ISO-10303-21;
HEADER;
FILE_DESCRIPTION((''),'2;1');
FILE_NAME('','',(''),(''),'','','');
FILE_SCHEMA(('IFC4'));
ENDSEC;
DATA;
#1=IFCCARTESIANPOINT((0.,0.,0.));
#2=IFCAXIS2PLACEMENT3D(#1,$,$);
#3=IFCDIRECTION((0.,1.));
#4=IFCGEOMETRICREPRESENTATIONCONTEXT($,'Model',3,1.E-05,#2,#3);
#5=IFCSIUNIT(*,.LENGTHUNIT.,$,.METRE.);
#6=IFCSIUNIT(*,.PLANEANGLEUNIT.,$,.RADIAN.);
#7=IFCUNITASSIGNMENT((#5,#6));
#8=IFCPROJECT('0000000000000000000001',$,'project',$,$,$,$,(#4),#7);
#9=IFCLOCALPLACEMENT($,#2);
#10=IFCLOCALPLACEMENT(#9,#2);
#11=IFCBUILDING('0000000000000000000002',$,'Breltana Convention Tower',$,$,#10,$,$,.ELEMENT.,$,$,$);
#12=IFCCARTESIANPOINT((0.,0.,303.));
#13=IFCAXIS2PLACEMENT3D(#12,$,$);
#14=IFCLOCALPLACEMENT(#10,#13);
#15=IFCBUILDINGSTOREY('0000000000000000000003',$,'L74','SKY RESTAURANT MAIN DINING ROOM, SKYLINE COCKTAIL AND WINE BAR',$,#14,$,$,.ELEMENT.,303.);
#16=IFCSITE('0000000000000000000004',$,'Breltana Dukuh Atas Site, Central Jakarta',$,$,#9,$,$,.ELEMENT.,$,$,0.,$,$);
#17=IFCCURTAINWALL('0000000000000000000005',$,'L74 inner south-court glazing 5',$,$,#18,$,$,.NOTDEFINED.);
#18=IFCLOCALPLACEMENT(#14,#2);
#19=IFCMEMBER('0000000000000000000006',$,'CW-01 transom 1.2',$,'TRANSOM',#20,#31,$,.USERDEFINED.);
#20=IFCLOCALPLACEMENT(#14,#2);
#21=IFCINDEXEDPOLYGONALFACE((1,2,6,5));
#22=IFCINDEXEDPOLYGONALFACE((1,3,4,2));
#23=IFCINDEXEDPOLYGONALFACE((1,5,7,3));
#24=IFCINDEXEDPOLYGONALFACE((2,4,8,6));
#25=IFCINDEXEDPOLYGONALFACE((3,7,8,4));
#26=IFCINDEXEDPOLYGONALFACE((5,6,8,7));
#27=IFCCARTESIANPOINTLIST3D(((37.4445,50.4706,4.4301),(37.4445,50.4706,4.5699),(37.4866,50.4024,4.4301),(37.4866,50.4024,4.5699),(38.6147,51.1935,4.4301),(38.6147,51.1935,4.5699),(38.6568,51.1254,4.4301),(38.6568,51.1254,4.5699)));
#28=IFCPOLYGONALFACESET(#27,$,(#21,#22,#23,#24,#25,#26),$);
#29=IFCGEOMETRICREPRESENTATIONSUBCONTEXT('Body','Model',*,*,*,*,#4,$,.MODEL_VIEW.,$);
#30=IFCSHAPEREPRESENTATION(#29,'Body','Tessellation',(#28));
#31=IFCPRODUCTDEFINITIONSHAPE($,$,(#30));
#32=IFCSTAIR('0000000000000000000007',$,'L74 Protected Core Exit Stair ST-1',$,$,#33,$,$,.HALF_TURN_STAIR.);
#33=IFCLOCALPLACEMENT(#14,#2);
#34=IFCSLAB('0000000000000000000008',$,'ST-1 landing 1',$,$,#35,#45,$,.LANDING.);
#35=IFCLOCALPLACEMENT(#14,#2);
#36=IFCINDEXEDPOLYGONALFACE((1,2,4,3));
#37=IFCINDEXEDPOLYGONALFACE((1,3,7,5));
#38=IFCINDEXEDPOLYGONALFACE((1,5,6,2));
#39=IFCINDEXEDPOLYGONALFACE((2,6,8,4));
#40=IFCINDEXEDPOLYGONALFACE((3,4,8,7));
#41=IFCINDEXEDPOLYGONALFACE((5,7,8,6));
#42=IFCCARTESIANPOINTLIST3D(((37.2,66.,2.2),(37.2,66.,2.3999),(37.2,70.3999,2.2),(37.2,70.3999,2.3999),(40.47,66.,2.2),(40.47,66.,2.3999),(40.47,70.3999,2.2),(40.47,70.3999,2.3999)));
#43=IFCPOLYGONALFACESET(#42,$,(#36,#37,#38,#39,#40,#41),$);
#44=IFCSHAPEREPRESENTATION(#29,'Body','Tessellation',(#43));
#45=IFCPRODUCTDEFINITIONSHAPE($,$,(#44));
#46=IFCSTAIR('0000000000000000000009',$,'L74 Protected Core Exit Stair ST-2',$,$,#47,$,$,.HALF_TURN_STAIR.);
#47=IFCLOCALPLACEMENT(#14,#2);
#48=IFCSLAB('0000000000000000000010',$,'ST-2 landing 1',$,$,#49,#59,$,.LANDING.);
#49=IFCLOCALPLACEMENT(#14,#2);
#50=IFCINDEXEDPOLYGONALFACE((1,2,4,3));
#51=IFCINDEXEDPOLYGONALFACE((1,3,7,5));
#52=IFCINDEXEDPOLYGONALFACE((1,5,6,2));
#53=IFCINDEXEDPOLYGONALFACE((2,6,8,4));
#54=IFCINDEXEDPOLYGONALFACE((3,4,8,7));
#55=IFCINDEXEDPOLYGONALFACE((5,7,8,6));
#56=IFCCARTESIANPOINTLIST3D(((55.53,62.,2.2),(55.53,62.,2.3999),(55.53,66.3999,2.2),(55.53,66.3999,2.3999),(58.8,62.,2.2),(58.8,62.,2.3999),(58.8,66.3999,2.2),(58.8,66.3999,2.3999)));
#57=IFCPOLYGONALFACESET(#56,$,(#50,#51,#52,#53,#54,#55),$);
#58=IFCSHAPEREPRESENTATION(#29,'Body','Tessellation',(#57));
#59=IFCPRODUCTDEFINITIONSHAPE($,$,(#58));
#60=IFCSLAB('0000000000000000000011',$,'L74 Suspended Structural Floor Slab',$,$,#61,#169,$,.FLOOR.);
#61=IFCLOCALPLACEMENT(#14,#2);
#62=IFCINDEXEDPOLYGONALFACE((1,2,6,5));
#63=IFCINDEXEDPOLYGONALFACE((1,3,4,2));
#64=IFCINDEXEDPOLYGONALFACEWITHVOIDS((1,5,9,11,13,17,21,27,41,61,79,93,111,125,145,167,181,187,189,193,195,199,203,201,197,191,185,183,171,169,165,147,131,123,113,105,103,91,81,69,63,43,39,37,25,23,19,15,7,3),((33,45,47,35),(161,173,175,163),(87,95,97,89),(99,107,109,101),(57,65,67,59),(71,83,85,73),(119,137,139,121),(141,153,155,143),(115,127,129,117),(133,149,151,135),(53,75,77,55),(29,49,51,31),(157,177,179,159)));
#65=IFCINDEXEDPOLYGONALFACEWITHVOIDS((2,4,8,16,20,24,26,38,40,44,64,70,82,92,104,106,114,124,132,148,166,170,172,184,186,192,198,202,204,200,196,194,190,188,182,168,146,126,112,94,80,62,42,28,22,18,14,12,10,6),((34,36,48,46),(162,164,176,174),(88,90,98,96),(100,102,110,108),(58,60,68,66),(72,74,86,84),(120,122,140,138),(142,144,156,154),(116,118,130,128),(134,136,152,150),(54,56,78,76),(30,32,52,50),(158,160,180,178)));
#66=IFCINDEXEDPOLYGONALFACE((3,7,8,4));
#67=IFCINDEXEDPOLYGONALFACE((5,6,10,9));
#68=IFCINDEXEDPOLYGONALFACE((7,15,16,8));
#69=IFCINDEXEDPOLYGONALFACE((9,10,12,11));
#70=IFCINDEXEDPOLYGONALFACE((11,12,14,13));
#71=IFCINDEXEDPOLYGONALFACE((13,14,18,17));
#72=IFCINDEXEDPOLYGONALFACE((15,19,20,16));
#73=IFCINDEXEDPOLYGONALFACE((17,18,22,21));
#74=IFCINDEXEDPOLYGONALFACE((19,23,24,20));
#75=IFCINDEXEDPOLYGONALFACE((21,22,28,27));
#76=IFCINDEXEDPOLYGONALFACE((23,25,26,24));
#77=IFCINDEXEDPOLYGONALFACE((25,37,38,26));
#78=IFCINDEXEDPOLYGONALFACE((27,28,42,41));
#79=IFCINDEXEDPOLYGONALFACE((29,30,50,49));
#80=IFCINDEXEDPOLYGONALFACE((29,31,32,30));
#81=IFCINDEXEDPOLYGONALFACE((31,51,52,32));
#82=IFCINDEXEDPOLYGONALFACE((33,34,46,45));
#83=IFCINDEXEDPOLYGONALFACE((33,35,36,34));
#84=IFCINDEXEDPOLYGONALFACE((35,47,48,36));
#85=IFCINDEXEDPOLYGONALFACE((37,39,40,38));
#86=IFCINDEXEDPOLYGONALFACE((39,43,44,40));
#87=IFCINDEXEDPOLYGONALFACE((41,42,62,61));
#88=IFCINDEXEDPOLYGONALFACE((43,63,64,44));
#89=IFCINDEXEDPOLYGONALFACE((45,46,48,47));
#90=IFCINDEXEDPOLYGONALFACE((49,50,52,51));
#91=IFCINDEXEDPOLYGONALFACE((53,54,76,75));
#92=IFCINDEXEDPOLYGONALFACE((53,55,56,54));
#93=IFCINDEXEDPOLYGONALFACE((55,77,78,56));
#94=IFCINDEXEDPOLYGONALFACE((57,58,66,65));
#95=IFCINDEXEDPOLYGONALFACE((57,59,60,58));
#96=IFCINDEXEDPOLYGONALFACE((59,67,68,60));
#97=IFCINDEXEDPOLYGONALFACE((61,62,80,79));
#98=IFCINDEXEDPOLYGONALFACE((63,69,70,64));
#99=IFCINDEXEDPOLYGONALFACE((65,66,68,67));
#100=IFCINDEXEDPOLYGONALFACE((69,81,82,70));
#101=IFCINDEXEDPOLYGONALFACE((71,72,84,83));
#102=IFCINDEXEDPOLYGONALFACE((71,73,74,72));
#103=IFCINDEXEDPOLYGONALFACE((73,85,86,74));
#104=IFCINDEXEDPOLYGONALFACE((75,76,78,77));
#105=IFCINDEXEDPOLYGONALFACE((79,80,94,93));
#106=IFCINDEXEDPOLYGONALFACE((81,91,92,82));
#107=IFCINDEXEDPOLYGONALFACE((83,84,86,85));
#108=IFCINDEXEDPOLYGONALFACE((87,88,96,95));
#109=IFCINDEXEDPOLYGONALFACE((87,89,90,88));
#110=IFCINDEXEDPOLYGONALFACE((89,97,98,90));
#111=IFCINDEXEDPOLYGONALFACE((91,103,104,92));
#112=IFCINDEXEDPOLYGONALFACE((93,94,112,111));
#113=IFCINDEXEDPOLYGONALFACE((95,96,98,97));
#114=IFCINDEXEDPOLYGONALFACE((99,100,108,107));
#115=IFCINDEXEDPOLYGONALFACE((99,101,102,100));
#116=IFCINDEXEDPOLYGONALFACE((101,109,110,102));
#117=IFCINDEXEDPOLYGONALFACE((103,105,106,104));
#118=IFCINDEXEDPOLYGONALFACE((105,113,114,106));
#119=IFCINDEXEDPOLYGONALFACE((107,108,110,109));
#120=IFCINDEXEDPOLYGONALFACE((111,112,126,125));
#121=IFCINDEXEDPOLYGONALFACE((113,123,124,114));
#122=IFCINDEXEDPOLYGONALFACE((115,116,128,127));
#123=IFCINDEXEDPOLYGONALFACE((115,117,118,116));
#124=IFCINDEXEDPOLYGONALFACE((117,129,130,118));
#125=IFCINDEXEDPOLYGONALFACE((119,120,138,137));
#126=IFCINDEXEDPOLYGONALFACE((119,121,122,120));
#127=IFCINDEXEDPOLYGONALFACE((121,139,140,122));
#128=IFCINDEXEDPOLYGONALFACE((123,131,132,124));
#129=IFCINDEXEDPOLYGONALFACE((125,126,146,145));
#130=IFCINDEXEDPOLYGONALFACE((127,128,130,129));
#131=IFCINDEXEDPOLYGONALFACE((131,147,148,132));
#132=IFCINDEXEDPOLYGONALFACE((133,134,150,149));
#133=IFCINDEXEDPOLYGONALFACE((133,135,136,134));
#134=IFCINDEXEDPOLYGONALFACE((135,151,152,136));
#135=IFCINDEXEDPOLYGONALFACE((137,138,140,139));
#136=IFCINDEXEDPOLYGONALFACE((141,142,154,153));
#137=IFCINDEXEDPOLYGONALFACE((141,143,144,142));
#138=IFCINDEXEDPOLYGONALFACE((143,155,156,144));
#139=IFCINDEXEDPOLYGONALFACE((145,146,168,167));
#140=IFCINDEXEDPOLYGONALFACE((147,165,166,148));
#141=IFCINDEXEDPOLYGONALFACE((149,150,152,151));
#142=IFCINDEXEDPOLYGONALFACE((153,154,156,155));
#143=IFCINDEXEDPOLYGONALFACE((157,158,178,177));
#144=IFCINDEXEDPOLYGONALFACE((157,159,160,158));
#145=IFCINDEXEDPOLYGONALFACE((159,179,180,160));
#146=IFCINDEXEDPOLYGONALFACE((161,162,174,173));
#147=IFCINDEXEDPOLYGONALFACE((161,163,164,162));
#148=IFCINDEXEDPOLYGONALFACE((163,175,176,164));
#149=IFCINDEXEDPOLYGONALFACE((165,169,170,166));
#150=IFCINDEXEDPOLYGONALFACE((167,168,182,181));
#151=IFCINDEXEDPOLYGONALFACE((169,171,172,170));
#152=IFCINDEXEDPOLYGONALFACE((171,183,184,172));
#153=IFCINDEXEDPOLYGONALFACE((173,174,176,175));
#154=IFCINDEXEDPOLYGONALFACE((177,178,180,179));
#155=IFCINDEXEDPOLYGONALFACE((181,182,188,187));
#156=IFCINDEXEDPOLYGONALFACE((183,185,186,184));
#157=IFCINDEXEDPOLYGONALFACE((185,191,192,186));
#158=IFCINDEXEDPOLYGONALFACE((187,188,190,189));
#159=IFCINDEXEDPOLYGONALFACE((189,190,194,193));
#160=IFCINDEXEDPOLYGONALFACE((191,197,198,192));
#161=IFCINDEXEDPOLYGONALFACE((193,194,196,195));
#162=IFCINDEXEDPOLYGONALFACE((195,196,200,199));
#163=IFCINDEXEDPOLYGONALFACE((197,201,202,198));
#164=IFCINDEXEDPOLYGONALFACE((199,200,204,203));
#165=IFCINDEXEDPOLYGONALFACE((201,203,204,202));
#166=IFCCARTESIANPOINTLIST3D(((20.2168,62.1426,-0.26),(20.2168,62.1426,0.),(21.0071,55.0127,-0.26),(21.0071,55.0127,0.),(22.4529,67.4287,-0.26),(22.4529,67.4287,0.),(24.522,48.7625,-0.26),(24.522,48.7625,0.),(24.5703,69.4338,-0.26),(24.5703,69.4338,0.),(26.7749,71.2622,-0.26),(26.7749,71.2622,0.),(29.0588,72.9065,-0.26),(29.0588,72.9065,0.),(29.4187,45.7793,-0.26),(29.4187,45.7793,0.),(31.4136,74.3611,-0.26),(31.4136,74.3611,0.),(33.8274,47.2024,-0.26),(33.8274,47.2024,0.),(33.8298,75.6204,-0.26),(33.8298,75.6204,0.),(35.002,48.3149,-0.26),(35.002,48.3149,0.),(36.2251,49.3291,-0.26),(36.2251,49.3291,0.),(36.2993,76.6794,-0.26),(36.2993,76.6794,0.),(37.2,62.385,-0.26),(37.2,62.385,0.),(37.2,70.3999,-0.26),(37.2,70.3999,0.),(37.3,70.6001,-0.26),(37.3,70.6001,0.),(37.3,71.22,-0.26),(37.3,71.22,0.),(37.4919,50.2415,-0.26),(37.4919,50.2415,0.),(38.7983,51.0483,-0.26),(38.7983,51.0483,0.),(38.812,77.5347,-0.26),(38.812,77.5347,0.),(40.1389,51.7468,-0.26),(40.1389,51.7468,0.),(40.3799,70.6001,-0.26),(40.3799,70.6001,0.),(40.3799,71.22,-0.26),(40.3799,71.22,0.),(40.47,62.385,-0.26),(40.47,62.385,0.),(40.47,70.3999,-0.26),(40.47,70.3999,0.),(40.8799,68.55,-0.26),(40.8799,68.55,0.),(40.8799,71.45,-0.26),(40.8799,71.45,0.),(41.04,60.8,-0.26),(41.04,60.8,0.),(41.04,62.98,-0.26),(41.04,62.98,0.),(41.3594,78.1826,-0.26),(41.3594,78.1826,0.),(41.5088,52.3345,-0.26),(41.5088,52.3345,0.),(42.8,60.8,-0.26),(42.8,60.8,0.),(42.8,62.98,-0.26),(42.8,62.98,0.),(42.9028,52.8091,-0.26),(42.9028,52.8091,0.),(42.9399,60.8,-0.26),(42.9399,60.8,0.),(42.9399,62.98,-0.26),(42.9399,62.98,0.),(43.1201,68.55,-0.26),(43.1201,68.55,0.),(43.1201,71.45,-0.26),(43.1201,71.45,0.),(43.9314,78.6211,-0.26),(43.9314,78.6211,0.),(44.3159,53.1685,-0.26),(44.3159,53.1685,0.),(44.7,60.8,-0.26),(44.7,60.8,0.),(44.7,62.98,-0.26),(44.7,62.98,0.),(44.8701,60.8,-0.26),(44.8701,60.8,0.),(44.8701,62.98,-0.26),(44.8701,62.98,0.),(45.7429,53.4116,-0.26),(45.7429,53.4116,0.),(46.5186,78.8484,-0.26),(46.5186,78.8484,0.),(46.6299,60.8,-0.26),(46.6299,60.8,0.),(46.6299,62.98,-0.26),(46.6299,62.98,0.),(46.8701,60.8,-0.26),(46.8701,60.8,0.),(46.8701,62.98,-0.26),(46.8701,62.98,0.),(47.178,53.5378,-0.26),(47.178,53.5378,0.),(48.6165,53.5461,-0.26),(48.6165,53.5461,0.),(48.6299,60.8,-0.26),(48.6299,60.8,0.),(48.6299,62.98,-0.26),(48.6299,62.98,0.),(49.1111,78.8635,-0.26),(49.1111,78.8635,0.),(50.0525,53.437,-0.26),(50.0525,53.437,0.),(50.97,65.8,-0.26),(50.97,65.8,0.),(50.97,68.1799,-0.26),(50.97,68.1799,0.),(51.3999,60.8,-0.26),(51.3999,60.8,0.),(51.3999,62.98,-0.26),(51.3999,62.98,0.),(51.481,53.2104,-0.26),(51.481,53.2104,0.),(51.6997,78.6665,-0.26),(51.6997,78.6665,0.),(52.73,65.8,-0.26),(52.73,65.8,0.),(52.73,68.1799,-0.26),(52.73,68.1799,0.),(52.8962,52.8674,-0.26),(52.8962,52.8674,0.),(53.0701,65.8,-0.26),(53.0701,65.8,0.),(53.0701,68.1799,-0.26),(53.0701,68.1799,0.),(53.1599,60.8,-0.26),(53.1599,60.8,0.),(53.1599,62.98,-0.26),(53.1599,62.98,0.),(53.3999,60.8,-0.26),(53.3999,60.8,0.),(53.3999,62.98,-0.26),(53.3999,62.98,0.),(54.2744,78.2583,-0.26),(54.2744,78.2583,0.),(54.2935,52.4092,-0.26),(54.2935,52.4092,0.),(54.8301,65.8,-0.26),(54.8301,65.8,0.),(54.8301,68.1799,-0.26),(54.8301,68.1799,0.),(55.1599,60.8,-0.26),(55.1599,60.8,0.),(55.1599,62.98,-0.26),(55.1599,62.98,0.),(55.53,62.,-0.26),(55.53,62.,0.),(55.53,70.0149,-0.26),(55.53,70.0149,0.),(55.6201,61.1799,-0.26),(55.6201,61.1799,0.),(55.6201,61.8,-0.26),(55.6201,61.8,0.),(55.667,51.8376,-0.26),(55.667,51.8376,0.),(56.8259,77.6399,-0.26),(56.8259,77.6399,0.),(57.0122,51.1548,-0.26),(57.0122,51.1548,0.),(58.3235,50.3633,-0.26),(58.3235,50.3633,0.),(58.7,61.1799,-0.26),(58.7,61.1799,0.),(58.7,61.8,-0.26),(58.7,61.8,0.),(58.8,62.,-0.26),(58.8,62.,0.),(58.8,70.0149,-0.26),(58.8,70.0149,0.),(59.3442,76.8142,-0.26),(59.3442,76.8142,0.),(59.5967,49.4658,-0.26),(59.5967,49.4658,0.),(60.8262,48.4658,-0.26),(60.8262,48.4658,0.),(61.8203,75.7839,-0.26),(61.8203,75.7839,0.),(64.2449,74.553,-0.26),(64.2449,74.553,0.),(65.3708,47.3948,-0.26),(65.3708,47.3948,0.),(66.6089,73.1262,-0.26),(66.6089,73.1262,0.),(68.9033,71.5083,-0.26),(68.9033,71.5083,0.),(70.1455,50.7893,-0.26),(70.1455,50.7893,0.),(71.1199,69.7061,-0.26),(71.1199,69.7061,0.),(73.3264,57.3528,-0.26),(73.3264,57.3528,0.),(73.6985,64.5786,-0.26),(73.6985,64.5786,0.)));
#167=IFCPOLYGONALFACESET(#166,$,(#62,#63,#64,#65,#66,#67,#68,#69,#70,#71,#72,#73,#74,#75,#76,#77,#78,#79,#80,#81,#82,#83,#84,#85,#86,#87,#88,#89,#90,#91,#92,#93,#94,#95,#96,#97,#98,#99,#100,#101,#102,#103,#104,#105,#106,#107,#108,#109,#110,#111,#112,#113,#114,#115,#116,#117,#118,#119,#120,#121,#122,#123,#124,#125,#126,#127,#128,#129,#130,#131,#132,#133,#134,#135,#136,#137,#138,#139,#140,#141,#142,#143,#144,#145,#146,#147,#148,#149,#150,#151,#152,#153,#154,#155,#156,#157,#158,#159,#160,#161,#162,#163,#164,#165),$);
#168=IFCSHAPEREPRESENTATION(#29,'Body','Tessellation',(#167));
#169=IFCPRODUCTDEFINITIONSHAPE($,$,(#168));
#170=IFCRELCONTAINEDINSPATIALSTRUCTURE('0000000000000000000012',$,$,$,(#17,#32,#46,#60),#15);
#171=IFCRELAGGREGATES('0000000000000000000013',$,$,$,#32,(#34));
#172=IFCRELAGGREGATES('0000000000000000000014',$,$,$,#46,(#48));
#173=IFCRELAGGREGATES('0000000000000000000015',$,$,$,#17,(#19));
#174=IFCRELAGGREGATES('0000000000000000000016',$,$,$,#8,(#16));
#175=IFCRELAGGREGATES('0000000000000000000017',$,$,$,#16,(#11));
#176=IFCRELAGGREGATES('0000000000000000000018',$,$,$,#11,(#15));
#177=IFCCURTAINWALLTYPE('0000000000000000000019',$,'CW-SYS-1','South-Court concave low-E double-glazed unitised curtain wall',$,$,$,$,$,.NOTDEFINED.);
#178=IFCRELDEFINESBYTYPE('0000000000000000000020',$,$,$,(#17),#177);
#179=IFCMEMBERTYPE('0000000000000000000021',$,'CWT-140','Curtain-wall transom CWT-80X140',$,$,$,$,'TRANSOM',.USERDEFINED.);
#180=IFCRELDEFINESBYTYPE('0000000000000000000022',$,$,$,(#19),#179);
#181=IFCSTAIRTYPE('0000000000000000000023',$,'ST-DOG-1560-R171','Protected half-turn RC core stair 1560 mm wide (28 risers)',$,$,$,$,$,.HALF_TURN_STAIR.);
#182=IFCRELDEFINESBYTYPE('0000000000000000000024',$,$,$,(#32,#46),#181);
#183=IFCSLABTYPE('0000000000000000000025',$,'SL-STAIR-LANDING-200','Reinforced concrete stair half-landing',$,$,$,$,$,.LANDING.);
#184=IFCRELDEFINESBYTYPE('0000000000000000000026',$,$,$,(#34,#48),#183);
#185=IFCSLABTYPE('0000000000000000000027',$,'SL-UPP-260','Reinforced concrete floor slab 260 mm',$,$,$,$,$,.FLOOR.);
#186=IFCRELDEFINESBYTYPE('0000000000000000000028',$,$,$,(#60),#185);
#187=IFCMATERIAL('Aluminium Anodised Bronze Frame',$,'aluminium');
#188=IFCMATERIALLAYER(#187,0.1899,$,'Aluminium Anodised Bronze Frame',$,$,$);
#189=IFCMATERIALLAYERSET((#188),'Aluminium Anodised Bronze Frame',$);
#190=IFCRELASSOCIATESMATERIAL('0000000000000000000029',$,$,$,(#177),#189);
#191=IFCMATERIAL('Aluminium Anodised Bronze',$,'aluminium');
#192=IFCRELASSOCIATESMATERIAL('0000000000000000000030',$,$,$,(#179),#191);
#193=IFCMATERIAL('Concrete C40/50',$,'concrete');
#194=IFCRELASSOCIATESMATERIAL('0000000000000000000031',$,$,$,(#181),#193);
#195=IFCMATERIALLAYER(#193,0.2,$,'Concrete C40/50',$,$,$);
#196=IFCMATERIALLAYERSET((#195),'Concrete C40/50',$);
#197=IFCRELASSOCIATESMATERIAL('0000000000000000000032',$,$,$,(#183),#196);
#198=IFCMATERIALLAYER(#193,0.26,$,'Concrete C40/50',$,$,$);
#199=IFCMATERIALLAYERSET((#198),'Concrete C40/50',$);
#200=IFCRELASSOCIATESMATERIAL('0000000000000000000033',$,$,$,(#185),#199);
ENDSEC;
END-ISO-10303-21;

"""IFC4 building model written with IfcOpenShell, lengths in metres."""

from ifc_helpers import new_model, si_unit, direction, frame, origin, origin_2d, place, context, subcontext, project, spatial, polyline, rectangle, outline, extrude, source, transform, mapped, material, layer, layer_set, material_profile, profile_set, type_object, element, aggregate, save


model = new_model("IFC4")

# Units and contexts
model_context = context("Model", 3, precision=1e-05, world=origin(), true_north=direction((0.0, 1.0)))
body_context = subcontext(model_context, "Body", "Model", "MODEL_VIEW")
ifc_project = project(units=[si_unit("LENGTHUNIT", "METRE"), si_unit("PLANEANGLEUNIT", "RADIAN")], contexts=[model_context])

# Site, building, storey
site_placement = place(None, origin())
site = spatial("IfcSite", under=ifc_project, at=site_placement, Name="Breltana Dukuh Atas Site, Central Jakarta", CompositionType="ELEMENT", RefElevation=0.0)
building_placement = place(site_placement, origin())
building = spatial("IfcBuilding", under=site, at=building_placement, Name="Breltana Convention Tower", CompositionType="ELEMENT")
storey_placement = place(building_placement, frame((0.0, 0.0, 303.0)))
storey = spatial("IfcBuildingStorey", under=building, at=storey_placement, Name="L74", Description="SKY RESTAURANT MAIN DINING ROOM, SKYLINE COCKTAIL AND WINE BAR", CompositionType="ELEMENT", Elevation=303.0)

# Shared definitions
ifc_material_1 = material(Name="Aluminium Anodised Bronze Frame", Category="aluminium")
ifc_layer_1 = layer(ifc_material_1, 0.1899, Name="Aluminium Anodised Bronze Frame")
ifc_layer_set_1 = layer_set([ifc_layer_1], Name="Aluminium Anodised Bronze Frame")
curtain_wall_type = type_object("IfcCurtainWallType", Name="CW-SYS-1", Description="South-Court concave low-E double-glazed unitised curtain wall", PredefinedType="NOTDEFINED", material=ifc_layer_set_1)
ifc_material_2 = material(Name="Aluminium Anodised Bronze", Category="aluminium")

# Curtain wall
curtain_wall_1_placement = place(storey_placement, origin())
curtain_wall_1 = element("IfcCurtainWall", 1, at=curtain_wall_1_placement, inside=storey, type_object=curtain_wall_type, Name="L74 inner south-court glazing 5", PredefinedType="NOTDEFINED")

# Member
ifc_material_profile_1 = material_profile(ifc_material_2, rectangle(XDim=0.0801, YDim=0.1399, at=origin_2d()), Name="CWT-80X140")
ifc_profile_set_1 = profile_set([ifc_material_profile_1], Name="Aluminium Anodised Bronze")
member_type_1 = type_object("IfcMemberType", Name="CWT-140", Description="Curtain-wall transom CWT-80X140", ElementType="TRANSOM", PredefinedType="USERDEFINED", material=ifc_profile_set_1)
shared_shape_1 = source(origin(), body_context, "Body", "SweptSolid", [
    extrude(rectangle(XDim=0.0801, YDim=0.1399, at=origin_2d()), origin(), (0.0, 0.0, 1.0), 1.3755),
])
member_1_placement = place(storey_placement, frame((38.6357, 51.1594, 4.5), z_axis=(-0.850749, -0.525572, 0.0), x_axis=(0.525572, -0.850749, 0.0)))
member_1 = element("IfcMember", 2, at=member_1_placement, type_object=member_type_1, Name="CW-01 transom 1.2", ObjectType="TRANSOM", PredefinedType="USERDEFINED", context=body_context, shape_type="MappedRepresentation", body=[
    mapped(shared_shape_1, transform((0.0, 0.0, 0.0), scale=1.0)),
])

# Stairs, slabs
ifc_material_3 = material(Name="Concrete C40/50", Category="concrete")
stair_type = type_object("IfcStairType", Name="ST-DOG-1560-R171", Description="Protected half-turn RC core stair 1560 mm wide (28 risers)", PredefinedType="HALF_TURN_STAIR", material=ifc_material_3)
stair_1_placement = place(storey_placement, origin())
stair_1 = element("IfcStair", 3, at=stair_1_placement, inside=storey, type_object=stair_type, Name="L74 Protected Core Exit Stair ST-1", PredefinedType="HALF_TURN_STAIR")
ifc_layer_2 = layer(ifc_material_3, 0.2, Name="Concrete C40/50")
ifc_layer_set_2 = layer_set([ifc_layer_2], Name="Concrete C40/50")
slab_type_1 = type_object("IfcSlabType", Name="SL-STAIR-LANDING-200", Description="Reinforced concrete stair half-landing", PredefinedType="LANDING", material=ifc_layer_set_2)
slab_1_placement = place(storey_placement, frame((0.0, 0.0, 2.2)))
slab_1 = element("IfcSlab", 4, at=slab_1_placement, type_object=slab_type_1, Name="ST-1 landing 1", PredefinedType="LANDING", context=body_context, shape_type="SweptSolid", body=[
    extrude(outline(polyline([(40.47, 66.0), (40.47, 70.3999), (37.2, 70.3999), (37.2, 66.0), (40.47, 66.0)])), origin(), (0.0, 0.0, 1.0), 0.2),
])
aggregate(stair_1, [slab_1])
stair_2_placement = place(storey_placement, origin())
stair_2 = element("IfcStair", 5, at=stair_2_placement, inside=storey, type_object=stair_type, Name="L74 Protected Core Exit Stair ST-2", PredefinedType="HALF_TURN_STAIR")
slab_2_placement = place(storey_placement, frame((0.0, 0.0, 2.2)))
slab_2 = element("IfcSlab", 6, at=slab_2_placement, type_object=slab_type_1, Name="ST-2 landing 1", PredefinedType="LANDING", context=body_context, shape_type="SweptSolid", body=[
    extrude(outline(polyline([(55.53, 66.3999), (55.53, 62.0), (58.8, 62.0), (58.8, 66.3999), (55.53, 66.3999)])), origin(), (0.0, 0.0, 1.0), 0.2),
])
aggregate(stair_2, [slab_2])

# Slab
ifc_layer_3 = layer(ifc_material_3, 0.26, Name="Concrete C40/50")
ifc_layer_set_3 = layer_set([ifc_layer_3], Name="Concrete C40/50")
slab_type_2 = type_object("IfcSlabType", Name="SL-UPP-260", Description="Reinforced concrete floor slab 260 mm", PredefinedType="FLOOR", material=ifc_layer_set_3)
slab_3_placement = place(storey_placement, frame((0.0, 0.0, -0.26)))
element("IfcSlab", 7, at=slab_3_placement, inside=storey, type_object=slab_type_2, Name="L74 Suspended Structural Floor Slab", PredefinedType="FLOOR", context=body_context, shape_type="SweptSolid", body=[
    extrude(outline(polyline([(71.1199, 69.7061), (68.9033, 71.5083), (66.6089, 73.1262), (64.2449, 74.553), (61.8203, 75.7839), (59.3442, 76.8142), (56.8259, 77.6399), (54.2744, 78.2583), (51.6997, 78.6665), (49.1111, 78.8635), (46.5186, 78.8484), (43.9314, 78.6211), (41.3594, 78.1826), (38.812, 77.5347), (36.2993, 76.6794), (33.8298, 75.6204), (31.4136, 74.3611), (29.0588, 72.9065), (26.7749, 71.2622), (24.5703, 69.4338), (22.4529, 67.4287), (20.2168, 62.1426), (21.0071, 55.0127), (24.522, 48.7625), (29.4187, 45.7793), (33.8274, 47.2024), (35.002, 48.3149), (36.2251, 49.3291), (37.4919, 50.2415), (38.7983, 51.0483), (40.1389, 51.7468), (41.5088, 52.3345), (42.9028, 52.8091), (44.3159, 53.1685), (45.7429, 53.4116), (47.178, 53.5378), (48.6165, 53.5461), (50.0525, 53.437), (51.481, 53.2104), (52.8962, 52.8674), (54.2935, 52.4092), (55.667, 51.8376), (57.0122, 51.1548), (58.3235, 50.3633), (59.5967, 49.4658), (60.8262, 48.4658), (65.3708, 47.3948), (70.1455, 50.7893), (73.3264, 57.3528), (73.6985, 64.5786), (71.1199, 69.7061)]), holes=[polyline([(37.2, 62.385), (40.47, 62.385), (40.47, 70.3999), (37.2, 70.3999), (37.2, 62.385)]), polyline([(55.53, 62.0), (58.8, 62.0), (58.8, 70.0149), (55.53, 70.0149), (55.53, 62.0)]), polyline([(41.04, 60.8), (42.8, 60.8), (42.8, 62.98), (41.04, 62.98), (41.04, 60.8)]), polyline([(42.9399, 60.8), (44.7, 60.8), (44.7, 62.98), (42.9399, 62.98), (42.9399, 60.8)]), polyline([(44.8701, 60.8), (46.6299, 60.8), (46.6299, 62.98), (44.8701, 62.98), (44.8701, 60.8)]), polyline([(46.8701, 60.8), (48.6299, 60.8), (48.6299, 62.98), (46.8701, 62.98), (46.8701, 60.8)]), polyline([(51.3999, 60.8), (53.1599, 60.8), (53.1599, 62.98), (51.3999, 62.98), (51.3999, 60.8)]), polyline([(53.3999, 60.8), (55.1599, 60.8), (55.1599, 62.98), (53.3999, 62.98), (53.3999, 60.8)]), polyline([(50.97, 65.8), (52.73, 65.8), (52.73, 68.1799), (50.97, 68.1799), (50.97, 65.8)]), polyline([(53.0701, 65.8), (54.8301, 65.8), (54.8301, 68.1799), (53.0701, 68.1799), (53.0701, 65.8)]), polyline([(40.8799, 68.55), (43.1201, 68.55), (43.1201, 71.45), (40.8799, 71.45), (40.8799, 68.55)]), polyline([(37.3, 70.6001), (40.3799, 70.6001), (40.3799, 71.22), (37.3, 71.22), (37.3, 70.6001)]), polyline([(55.6201, 61.1799), (58.7, 61.1799), (58.7, 61.8), (55.6201, 61.8), (55.6201, 61.1799)])]), origin(), (0.0, 0.0, 1.0), 0.26),
])

aggregate(curtain_wall_1, [member_1])

save(model, "model.ifc")
